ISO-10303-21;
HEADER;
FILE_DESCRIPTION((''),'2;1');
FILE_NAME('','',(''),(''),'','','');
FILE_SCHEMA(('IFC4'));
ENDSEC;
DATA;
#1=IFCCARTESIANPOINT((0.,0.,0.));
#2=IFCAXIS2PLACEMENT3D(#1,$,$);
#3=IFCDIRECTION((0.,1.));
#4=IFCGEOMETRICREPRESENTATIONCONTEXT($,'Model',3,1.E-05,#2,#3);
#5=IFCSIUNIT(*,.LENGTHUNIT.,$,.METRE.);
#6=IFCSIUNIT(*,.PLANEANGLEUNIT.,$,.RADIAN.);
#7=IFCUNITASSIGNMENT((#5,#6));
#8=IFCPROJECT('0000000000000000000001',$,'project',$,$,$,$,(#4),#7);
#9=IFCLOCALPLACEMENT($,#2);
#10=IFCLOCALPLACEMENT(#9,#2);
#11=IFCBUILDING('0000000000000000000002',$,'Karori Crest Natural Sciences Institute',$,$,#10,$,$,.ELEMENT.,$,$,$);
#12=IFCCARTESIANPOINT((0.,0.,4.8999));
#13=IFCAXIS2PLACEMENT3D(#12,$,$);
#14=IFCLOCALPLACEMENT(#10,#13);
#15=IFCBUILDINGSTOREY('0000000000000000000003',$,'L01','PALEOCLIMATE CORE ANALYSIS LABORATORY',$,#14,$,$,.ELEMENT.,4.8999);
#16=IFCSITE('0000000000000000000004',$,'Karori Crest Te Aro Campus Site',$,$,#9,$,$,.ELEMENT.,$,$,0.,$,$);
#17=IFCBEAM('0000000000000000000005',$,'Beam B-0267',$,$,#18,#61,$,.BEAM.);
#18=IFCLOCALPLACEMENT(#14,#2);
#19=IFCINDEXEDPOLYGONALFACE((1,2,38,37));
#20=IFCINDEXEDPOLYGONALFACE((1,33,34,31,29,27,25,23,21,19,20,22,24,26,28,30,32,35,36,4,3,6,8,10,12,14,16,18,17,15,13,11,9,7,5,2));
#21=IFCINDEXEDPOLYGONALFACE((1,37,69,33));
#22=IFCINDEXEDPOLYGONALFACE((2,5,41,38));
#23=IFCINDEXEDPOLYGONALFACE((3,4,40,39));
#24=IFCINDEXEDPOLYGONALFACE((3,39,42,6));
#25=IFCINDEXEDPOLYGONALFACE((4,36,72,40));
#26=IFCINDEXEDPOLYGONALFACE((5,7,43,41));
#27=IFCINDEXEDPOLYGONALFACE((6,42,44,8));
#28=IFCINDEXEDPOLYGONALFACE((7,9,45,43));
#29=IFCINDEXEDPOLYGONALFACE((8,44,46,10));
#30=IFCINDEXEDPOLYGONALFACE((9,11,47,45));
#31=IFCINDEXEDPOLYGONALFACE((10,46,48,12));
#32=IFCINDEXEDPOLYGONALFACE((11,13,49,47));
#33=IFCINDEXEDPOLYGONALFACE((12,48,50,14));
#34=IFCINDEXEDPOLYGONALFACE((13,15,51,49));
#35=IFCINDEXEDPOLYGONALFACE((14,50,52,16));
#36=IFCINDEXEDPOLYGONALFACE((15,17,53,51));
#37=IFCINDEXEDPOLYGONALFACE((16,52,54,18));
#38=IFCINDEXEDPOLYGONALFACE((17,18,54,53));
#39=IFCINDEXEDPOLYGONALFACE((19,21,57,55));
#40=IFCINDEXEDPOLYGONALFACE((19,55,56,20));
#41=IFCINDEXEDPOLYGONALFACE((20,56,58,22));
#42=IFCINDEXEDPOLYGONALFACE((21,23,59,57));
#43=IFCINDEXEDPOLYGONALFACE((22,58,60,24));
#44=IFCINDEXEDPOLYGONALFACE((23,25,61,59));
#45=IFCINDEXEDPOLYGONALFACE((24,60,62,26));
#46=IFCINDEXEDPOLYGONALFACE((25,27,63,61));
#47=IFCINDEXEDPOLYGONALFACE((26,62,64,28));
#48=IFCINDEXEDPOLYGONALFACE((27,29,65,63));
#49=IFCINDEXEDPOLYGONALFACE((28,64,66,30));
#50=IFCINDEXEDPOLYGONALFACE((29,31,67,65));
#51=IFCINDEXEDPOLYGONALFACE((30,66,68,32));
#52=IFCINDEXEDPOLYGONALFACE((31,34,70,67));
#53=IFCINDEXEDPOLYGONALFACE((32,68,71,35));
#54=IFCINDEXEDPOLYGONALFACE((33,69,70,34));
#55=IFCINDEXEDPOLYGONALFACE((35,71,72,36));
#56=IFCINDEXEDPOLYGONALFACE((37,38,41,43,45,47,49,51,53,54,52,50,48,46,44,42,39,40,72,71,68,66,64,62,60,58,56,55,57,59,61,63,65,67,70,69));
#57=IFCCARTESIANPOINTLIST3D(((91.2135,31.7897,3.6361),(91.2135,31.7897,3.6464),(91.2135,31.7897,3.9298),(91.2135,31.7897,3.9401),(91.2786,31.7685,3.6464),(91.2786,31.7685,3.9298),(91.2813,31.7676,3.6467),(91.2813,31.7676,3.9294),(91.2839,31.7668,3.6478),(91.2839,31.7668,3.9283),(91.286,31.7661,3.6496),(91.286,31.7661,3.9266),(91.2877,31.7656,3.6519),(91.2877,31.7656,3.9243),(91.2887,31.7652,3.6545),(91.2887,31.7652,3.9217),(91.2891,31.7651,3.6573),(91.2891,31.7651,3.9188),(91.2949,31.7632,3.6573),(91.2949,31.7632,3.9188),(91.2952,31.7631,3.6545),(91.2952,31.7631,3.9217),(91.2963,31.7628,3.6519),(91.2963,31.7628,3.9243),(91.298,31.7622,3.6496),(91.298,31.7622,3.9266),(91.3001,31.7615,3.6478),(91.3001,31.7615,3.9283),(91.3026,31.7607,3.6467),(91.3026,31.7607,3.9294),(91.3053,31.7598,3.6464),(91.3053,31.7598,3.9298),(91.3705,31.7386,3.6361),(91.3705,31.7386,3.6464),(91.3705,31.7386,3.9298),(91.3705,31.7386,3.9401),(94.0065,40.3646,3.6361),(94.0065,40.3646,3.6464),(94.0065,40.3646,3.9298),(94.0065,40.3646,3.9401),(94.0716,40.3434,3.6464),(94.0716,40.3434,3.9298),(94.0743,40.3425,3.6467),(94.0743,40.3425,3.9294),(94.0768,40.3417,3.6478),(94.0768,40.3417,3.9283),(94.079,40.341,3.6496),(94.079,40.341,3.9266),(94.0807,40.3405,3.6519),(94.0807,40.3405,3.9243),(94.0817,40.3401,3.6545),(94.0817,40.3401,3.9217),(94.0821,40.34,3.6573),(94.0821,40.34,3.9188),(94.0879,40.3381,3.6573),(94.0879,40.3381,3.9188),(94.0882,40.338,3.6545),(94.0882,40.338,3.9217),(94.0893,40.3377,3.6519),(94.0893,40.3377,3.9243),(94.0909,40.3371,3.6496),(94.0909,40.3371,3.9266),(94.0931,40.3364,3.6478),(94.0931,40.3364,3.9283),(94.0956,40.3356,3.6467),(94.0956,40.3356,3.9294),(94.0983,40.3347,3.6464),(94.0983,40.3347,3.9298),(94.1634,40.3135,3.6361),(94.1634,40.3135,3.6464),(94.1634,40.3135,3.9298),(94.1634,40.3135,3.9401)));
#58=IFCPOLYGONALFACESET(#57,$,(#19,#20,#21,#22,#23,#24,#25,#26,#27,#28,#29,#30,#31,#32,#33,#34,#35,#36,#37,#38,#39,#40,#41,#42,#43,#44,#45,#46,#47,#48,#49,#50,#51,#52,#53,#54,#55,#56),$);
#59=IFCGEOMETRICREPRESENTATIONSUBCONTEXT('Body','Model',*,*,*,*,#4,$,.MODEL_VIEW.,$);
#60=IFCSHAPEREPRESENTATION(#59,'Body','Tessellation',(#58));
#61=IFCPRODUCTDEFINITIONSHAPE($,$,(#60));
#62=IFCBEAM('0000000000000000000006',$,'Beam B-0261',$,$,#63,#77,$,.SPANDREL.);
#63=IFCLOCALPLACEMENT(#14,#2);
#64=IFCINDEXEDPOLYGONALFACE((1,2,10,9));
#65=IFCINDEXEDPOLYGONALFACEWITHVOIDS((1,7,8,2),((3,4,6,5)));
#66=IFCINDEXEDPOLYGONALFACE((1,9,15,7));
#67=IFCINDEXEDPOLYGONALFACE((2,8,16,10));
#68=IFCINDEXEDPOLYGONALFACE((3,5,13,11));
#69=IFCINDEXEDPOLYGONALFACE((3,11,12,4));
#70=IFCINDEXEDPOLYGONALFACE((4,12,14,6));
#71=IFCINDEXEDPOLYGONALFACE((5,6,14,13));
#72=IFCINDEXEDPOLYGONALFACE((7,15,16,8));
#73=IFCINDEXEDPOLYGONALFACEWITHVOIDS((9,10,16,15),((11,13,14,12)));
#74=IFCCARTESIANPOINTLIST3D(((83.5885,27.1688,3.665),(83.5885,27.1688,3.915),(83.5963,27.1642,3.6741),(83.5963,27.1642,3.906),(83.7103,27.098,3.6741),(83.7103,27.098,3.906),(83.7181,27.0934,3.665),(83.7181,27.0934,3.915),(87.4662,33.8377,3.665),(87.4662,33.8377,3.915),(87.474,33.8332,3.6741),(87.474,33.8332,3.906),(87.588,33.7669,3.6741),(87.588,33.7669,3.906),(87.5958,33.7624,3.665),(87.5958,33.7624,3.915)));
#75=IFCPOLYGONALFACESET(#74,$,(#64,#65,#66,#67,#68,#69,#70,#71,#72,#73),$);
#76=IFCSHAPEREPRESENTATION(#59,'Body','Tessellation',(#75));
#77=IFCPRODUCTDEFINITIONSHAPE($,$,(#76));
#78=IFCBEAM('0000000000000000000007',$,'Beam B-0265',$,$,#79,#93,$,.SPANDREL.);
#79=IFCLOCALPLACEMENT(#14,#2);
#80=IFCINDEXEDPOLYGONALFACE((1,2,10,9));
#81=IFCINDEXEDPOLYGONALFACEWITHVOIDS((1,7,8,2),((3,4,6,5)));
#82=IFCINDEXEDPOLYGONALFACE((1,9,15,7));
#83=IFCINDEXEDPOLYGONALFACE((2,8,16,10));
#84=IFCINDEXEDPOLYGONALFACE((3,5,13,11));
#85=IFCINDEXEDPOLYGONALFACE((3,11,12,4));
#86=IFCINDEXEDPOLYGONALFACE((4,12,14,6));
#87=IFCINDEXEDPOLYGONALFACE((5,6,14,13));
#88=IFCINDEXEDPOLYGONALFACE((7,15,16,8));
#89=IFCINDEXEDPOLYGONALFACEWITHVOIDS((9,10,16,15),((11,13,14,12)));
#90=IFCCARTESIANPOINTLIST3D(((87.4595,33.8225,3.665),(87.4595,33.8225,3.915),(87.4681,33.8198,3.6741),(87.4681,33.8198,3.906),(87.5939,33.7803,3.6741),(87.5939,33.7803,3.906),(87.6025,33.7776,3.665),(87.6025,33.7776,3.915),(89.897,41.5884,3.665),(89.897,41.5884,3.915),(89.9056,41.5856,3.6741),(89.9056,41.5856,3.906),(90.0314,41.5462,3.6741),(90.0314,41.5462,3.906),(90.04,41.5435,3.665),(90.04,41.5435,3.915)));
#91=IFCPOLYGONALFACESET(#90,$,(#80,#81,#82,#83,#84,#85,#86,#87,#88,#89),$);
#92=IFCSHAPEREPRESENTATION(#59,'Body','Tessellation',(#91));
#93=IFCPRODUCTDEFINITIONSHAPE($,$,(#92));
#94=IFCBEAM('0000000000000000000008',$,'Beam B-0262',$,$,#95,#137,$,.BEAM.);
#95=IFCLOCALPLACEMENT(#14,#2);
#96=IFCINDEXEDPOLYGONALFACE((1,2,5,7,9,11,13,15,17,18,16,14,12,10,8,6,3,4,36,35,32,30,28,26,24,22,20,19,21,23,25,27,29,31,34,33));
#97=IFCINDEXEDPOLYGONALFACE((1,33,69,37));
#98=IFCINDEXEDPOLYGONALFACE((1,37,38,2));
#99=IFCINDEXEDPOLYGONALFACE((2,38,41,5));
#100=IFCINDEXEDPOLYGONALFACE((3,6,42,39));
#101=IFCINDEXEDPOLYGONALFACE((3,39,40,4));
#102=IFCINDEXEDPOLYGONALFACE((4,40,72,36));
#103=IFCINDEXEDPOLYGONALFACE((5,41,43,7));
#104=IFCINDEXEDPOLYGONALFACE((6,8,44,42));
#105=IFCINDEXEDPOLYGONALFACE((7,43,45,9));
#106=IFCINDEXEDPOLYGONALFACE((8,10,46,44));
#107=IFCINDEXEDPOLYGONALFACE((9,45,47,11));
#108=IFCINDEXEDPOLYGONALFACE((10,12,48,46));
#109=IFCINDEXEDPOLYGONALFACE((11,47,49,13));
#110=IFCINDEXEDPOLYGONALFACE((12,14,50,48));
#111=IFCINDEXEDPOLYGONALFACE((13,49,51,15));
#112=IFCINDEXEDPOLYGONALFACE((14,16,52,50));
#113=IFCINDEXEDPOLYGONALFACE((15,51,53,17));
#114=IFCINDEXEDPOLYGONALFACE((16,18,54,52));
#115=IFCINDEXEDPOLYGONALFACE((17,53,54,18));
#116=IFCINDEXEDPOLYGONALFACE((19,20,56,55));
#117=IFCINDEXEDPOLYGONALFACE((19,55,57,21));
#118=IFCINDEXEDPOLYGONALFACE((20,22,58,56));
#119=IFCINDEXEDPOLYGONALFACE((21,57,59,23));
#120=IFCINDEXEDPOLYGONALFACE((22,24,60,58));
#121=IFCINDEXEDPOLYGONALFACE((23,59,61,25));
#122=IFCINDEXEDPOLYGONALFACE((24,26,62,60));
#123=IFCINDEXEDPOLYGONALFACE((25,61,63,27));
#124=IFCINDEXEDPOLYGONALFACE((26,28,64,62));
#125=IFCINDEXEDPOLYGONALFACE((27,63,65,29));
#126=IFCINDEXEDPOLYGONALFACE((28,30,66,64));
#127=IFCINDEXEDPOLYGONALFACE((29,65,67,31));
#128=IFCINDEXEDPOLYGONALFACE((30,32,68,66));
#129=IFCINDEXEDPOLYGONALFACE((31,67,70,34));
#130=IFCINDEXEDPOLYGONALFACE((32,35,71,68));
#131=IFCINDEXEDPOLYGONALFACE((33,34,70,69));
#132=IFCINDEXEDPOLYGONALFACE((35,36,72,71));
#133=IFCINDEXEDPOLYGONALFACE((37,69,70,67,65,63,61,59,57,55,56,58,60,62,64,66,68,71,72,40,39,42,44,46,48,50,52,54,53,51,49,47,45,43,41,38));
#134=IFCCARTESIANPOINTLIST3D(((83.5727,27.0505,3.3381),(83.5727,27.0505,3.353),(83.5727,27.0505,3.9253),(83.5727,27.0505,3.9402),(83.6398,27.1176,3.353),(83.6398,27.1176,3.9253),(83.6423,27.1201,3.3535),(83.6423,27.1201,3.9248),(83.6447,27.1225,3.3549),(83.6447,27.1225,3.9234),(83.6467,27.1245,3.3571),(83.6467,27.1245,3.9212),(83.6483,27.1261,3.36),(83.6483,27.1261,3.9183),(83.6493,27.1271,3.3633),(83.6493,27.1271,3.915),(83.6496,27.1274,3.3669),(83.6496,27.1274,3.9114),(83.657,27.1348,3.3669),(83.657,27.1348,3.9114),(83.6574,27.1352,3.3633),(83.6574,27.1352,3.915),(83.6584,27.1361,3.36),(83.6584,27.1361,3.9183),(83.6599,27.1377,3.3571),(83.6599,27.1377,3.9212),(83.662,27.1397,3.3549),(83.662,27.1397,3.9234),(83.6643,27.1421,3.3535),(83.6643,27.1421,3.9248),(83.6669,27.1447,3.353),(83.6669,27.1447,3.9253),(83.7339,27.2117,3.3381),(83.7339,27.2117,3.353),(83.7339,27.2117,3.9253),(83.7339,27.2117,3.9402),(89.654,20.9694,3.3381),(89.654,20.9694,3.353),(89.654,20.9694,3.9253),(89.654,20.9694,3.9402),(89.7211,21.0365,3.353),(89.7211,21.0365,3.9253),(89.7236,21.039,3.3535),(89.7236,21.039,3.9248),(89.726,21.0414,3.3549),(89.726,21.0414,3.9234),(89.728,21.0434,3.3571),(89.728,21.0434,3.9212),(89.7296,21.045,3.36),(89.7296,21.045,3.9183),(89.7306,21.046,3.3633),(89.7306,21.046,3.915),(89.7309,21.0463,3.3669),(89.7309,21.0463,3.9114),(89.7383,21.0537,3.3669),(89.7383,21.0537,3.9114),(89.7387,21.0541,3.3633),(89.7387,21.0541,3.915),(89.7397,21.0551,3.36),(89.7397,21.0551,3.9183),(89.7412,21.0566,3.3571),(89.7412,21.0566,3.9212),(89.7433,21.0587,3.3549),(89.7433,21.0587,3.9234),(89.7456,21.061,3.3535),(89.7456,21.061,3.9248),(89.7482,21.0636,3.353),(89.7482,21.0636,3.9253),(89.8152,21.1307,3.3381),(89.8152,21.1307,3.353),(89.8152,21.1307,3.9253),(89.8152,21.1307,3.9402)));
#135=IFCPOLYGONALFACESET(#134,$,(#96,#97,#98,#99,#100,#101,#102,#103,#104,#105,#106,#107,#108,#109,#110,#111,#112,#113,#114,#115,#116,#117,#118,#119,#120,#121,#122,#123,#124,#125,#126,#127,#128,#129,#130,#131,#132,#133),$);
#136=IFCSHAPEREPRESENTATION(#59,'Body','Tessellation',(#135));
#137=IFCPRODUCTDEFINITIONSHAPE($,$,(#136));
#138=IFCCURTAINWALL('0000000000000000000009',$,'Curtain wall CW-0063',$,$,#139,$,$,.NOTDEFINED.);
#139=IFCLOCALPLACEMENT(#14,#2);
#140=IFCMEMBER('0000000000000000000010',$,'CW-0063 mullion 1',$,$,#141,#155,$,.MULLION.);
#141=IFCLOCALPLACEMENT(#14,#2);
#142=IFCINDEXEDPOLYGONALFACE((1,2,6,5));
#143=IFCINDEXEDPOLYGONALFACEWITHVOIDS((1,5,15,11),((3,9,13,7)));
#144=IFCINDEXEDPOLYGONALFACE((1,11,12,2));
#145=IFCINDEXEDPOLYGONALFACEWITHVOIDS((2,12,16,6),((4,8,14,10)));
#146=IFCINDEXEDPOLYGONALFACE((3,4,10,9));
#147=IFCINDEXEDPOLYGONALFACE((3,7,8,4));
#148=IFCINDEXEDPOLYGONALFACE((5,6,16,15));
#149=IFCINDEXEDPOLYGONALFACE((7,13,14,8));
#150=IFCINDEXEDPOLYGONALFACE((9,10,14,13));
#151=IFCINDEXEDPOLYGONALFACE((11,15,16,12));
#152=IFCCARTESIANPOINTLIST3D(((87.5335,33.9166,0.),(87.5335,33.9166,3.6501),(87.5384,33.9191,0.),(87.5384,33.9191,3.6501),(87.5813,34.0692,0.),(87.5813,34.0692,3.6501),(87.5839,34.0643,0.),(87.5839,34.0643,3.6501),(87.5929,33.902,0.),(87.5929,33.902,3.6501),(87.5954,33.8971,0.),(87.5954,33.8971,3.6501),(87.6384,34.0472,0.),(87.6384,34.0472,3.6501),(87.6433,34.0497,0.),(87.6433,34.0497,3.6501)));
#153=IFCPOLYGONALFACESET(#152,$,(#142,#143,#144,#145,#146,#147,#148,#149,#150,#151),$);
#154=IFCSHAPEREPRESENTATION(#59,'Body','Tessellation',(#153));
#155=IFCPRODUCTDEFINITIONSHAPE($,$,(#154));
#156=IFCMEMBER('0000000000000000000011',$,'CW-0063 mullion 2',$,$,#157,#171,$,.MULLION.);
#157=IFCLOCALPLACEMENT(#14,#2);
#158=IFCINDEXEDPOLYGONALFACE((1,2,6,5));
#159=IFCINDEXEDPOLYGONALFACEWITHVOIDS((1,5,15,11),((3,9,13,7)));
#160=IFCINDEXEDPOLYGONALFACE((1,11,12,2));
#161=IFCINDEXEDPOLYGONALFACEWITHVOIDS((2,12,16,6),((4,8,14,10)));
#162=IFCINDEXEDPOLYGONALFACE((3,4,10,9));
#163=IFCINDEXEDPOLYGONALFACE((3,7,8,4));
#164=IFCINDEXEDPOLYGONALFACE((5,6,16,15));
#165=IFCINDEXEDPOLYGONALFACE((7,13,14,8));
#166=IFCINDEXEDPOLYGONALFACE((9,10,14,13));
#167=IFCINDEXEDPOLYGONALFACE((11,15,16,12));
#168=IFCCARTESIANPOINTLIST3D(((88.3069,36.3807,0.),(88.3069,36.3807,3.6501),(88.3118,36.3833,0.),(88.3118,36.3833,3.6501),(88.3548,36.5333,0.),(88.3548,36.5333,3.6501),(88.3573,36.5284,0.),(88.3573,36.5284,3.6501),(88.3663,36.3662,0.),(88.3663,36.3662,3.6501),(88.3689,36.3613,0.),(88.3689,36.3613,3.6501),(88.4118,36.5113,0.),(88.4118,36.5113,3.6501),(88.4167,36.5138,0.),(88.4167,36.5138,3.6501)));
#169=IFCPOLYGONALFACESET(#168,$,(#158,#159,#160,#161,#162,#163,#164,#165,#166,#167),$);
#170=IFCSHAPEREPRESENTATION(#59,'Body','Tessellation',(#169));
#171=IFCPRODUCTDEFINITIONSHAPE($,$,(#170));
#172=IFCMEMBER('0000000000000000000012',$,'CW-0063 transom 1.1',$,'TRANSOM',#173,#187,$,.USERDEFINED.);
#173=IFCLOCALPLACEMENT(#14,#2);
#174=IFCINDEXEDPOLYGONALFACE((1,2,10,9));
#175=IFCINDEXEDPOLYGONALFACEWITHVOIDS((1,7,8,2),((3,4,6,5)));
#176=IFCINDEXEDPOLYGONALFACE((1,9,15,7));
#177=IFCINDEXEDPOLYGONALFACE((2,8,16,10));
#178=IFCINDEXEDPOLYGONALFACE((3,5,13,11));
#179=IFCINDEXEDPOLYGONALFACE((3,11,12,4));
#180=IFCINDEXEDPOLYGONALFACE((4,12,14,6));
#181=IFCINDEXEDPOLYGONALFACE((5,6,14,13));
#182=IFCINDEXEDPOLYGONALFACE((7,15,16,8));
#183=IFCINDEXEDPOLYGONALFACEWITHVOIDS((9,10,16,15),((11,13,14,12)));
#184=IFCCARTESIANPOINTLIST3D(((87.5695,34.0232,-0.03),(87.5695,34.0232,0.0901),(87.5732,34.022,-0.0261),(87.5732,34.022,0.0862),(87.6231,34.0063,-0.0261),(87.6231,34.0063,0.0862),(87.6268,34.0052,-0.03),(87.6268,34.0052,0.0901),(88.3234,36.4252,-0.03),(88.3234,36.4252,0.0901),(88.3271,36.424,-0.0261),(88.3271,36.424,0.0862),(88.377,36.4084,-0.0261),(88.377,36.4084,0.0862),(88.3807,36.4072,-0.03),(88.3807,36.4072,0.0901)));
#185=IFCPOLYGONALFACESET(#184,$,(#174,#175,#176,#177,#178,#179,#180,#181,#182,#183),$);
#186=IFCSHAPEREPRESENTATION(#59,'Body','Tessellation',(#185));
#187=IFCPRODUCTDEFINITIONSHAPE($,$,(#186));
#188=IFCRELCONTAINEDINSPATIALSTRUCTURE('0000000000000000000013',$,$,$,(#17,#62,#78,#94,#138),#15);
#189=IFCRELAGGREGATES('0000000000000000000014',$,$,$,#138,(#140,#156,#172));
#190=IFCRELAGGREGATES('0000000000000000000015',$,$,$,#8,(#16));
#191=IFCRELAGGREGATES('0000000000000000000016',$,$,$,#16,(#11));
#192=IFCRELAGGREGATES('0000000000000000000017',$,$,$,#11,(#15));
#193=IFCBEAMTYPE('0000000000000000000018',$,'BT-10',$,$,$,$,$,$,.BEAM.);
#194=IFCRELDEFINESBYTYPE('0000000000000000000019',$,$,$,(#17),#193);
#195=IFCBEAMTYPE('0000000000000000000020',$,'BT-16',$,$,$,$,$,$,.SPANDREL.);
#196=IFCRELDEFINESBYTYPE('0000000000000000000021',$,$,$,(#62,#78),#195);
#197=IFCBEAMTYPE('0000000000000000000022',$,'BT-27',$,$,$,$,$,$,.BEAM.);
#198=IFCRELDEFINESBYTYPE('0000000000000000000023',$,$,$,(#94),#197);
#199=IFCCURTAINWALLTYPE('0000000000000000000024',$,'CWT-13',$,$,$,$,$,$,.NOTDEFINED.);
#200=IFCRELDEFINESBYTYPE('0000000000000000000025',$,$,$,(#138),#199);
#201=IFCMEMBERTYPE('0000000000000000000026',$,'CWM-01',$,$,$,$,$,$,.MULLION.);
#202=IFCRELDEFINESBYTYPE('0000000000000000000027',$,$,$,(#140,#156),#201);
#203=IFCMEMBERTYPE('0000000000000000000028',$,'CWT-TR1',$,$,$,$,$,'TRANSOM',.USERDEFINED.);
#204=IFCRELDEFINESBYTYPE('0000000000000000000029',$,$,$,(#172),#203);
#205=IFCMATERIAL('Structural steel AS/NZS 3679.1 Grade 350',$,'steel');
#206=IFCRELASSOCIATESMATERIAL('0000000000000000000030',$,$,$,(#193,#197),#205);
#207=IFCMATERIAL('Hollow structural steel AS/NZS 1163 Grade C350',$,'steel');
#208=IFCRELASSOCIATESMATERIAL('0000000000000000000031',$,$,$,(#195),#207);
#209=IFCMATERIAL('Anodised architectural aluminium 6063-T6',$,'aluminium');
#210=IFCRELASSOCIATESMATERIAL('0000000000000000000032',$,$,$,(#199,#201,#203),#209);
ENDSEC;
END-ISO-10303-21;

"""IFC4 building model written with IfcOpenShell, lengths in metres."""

from ifc_helpers import new_model, si_unit, direction, frame, origin, origin_2d, place, context, subcontext, project, spatial, hollow_rectangle, i_section, extrude, material, material_profile, profile_set, type_object, element, aggregate, save


model = new_model("IFC4")

# Units and contexts
model_context = context("Model", 3, precision=1e-05, world=origin(), true_north=direction((0.0, 1.0)))
body_context = subcontext(model_context, "Body", "Model", "MODEL_VIEW")
ifc_project = project(units=[si_unit("LENGTHUNIT", "METRE"), si_unit("PLANEANGLEUNIT", "RADIAN")], contexts=[model_context])

# Site, building, storey
site_placement = place(None, origin())
site = spatial("IfcSite", under=ifc_project, at=site_placement, Name="Karori Crest Te Aro Campus Site", CompositionType="ELEMENT", RefElevation=0.0)
building_placement = place(site_placement, origin())
building = spatial("IfcBuilding", under=site, at=building_placement, Name="Karori Crest Natural Sciences Institute", CompositionType="ELEMENT")
storey_placement = place(building_placement, frame((0.0, 0.0, 4.8999)))
storey = spatial("IfcBuildingStorey", under=building, at=storey_placement, Name="L01", Description="PALEOCLIMATE CORE ANALYSIS LABORATORY", CompositionType="ELEMENT", Elevation=4.8999)

# Shared definitions
ifc_material_1 = material(Name="Structural steel AS/NZS 3679.1 Grade 350", Category="steel")

# Beams
ifc_material_profile_1 = material_profile(ifc_material_1, i_section(OverallWidth=0.165, OverallDepth=0.304, WebThickness=0.0061, FlangeThickness=0.0103, FilletRadius=0.011, at=origin_2d()), Name="310UB40.4")
ifc_profile_set_1 = profile_set([ifc_material_profile_1], Name="Structural steel AS/NZS 3679.1 Grade 350")
beam_type_1 = type_object("IfcBeamType", Name="BT-10", PredefinedType="BEAM", material=ifc_profile_set_1)
beam_1_placement = place(storey_placement, frame((91.292, 31.7642, 3.7881), z_axis=(0.309699, 0.950835, 0.0), x_axis=(-0.950835, 0.309699, 0.0)))
element("IfcBeam", 1, at=beam_1_placement, inside=storey, type_object=beam_type_1, Name="Beam B-0267", PredefinedType="BEAM", context=body_context, shape_type="SweptSolid", body=[
    extrude(i_section(OverallWidth=0.165, OverallDepth=0.304, WebThickness=0.0061, FlangeThickness=0.0103, FilletRadius=0.011, at=origin_2d()), origin(), (0.0, 0.0, 1.0), 9.0183),
])
ifc_material_2 = material(Name="Hollow structural steel AS/NZS 1163 Grade C350", Category="steel")
ifc_material_profile_2 = material_profile(ifc_material_2, hollow_rectangle(XDim=0.1499, YDim=0.25, WallThickness=0.009, at=origin_2d()), Name="RHS250x150x9")
ifc_profile_set_2 = profile_set([ifc_material_profile_2], Name="Hollow structural steel AS/NZS 1163 Grade C350")
beam_type_2 = type_object("IfcBeamType", Name="BT-16", PredefinedType="SPANDREL", material=ifc_profile_set_2)
beam_2_placement = place(storey_placement, frame((83.6533, 27.1311, 3.79), z_axis=(0.502658, 0.864485, 0.0), x_axis=(-0.864485, 0.502658, 0.0)))
element("IfcBeam", 2, at=beam_2_placement, inside=storey, type_object=beam_type_2, Name="Beam B-0261", PredefinedType="SPANDREL", context=body_context, shape_type="SweptSolid", body=[
    extrude(hollow_rectangle(XDim=0.1499, YDim=0.25, WallThickness=0.009, at=origin_2d()), origin(), (0.0, 0.0, 1.0), 7.7144),
])
beam_3_placement = place(storey_placement, frame((87.531, 33.8, 3.79), z_axis=(0.299469, 0.954106, 0.0), x_axis=(-0.954106, 0.299469, 0.0)))
element("IfcBeam", 3, at=beam_3_placement, inside=storey, type_object=beam_type_2, Name="Beam B-0265", PredefinedType="SPANDREL", context=body_context, shape_type="SweptSolid", body=[
    extrude(hollow_rectangle(XDim=0.1499, YDim=0.25, WallThickness=0.009, at=origin_2d()), origin(), (0.0, 0.0, 1.0), 8.1394),
])
ifc_material_profile_3 = material_profile(ifc_material_1, i_section(OverallWidth=0.228, OverallDepth=0.6021, WebThickness=0.0105, FlangeThickness=0.0149, FilletRadius=0.0139, at=origin_2d()), Name="610UB101")
ifc_profile_set_3 = profile_set([ifc_material_profile_3], Name="Structural steel AS/NZS 3679.1 Grade 350")
beam_type_3 = type_object("IfcBeamType", Name="BT-27", PredefinedType="BEAM", material=ifc_profile_set_3)
beam_4_placement = place(storey_placement, frame((83.6533, 27.1311, 3.6392), z_axis=(0.707121, -0.707093, 0.0), x_axis=(0.707093, 0.707121, 0.0)))
element("IfcBeam", 4, at=beam_4_placement, inside=storey, type_object=beam_type_3, Name="Beam B-0262", PredefinedType="BEAM", context=body_context, shape_type="SweptSolid", body=[
    extrude(i_section(OverallWidth=0.228, OverallDepth=0.6021, WebThickness=0.0105, FlangeThickness=0.0149, FilletRadius=0.0139, at=origin_2d()), origin(), (0.0, 0.0, 1.0), 8.6001),
])

# Curtain wall, members
ifc_material_3 = material(Name="Anodised architectural aluminium 6063-T6", Category="aluminium")
curtain_wall_type = type_object("IfcCurtainWallType", Name="CWT-13", PredefinedType="NOTDEFINED", material=ifc_material_3)
curtain_wall_placement = place(storey_placement, origin())
curtain_wall = element("IfcCurtainWall", 5, at=curtain_wall_placement, inside=storey, type_object=curtain_wall_type, Name="Curtain wall CW-0063", PredefinedType="NOTDEFINED")
ifc_material_profile_4 = material_profile(ifc_material_3, hollow_rectangle(XDim=0.0649, YDim=0.1599, WallThickness=0.0039, at=origin_2d()), Name="CWM160x65x4")
ifc_profile_set_4 = profile_set([ifc_material_profile_4], Name="Anodised architectural aluminium 6063-T6")
member_type_1 = type_object("IfcMemberType", Name="CWM-01", PredefinedType="MULLION", material=ifc_profile_set_4)
member_1_placement = place(storey_placement, frame((87.5884, 33.9832, 0.0), z_axis=(0.0, 0.0, 1.0), x_axis=(-0.954104, 0.299477, 0.0)))
member_1 = element("IfcMember", 6, at=member_1_placement, type_object=member_type_1, Name="CW-0063 mullion 1", PredefinedType="MULLION", context=body_context, shape_type="SweptSolid", body=[
    extrude(hollow_rectangle(XDim=0.0649, YDim=0.1599, WallThickness=0.0039, at=origin_2d()), origin(), (0.0, 0.0, 1.0), 3.6501),
])
member_2_placement = place(storey_placement, frame((88.3618, 36.4473, 0.0), z_axis=(0.0, 0.0, 1.0), x_axis=(-0.954104, 0.299477, 0.0)))
member_2 = element("IfcMember", 7, at=member_2_placement, type_object=member_type_1, Name="CW-0063 mullion 2", PredefinedType="MULLION", context=body_context, shape_type="SweptSolid", body=[
    extrude(hollow_rectangle(XDim=0.0649, YDim=0.1599, WallThickness=0.0039, at=origin_2d()), origin(), (0.0, 0.0, 1.0), 3.6501),
])
ifc_material_profile_5 = material_profile(ifc_material_3, hollow_rectangle(XDim=0.0601, YDim=0.1201, WallThickness=0.0039, at=origin_2d()), Name="CWT120x60x4")
ifc_profile_set_5 = profile_set([ifc_material_profile_5], Name="Anodised architectural aluminium 6063-T6")
member_type_2 = type_object("IfcMemberType", Name="CWT-TR1", ElementType="TRANSOM", PredefinedType="USERDEFINED", material=ifc_profile_set_5)
member_3_placement = place(storey_placement, frame((87.5981, 34.0142, 0.03), z_axis=(0.299451, 0.954112, 0.0), x_axis=(-0.954112, 0.299451, 0.0)))
member_3 = element("IfcMember", 8, at=member_3_placement, type_object=member_type_2, Name="CW-0063 transom 1.1", ObjectType="TRANSOM", PredefinedType="USERDEFINED", context=body_context, shape_type="SweptSolid", body=[
    extrude(hollow_rectangle(XDim=0.0601, YDim=0.1201, WallThickness=0.0039, at=origin_2d()), origin(), (0.0, 0.0, 1.0), 2.5176),
])

aggregate(curtain_wall, [member_1, member_2, member_3])

save(model, "model.ifc")
